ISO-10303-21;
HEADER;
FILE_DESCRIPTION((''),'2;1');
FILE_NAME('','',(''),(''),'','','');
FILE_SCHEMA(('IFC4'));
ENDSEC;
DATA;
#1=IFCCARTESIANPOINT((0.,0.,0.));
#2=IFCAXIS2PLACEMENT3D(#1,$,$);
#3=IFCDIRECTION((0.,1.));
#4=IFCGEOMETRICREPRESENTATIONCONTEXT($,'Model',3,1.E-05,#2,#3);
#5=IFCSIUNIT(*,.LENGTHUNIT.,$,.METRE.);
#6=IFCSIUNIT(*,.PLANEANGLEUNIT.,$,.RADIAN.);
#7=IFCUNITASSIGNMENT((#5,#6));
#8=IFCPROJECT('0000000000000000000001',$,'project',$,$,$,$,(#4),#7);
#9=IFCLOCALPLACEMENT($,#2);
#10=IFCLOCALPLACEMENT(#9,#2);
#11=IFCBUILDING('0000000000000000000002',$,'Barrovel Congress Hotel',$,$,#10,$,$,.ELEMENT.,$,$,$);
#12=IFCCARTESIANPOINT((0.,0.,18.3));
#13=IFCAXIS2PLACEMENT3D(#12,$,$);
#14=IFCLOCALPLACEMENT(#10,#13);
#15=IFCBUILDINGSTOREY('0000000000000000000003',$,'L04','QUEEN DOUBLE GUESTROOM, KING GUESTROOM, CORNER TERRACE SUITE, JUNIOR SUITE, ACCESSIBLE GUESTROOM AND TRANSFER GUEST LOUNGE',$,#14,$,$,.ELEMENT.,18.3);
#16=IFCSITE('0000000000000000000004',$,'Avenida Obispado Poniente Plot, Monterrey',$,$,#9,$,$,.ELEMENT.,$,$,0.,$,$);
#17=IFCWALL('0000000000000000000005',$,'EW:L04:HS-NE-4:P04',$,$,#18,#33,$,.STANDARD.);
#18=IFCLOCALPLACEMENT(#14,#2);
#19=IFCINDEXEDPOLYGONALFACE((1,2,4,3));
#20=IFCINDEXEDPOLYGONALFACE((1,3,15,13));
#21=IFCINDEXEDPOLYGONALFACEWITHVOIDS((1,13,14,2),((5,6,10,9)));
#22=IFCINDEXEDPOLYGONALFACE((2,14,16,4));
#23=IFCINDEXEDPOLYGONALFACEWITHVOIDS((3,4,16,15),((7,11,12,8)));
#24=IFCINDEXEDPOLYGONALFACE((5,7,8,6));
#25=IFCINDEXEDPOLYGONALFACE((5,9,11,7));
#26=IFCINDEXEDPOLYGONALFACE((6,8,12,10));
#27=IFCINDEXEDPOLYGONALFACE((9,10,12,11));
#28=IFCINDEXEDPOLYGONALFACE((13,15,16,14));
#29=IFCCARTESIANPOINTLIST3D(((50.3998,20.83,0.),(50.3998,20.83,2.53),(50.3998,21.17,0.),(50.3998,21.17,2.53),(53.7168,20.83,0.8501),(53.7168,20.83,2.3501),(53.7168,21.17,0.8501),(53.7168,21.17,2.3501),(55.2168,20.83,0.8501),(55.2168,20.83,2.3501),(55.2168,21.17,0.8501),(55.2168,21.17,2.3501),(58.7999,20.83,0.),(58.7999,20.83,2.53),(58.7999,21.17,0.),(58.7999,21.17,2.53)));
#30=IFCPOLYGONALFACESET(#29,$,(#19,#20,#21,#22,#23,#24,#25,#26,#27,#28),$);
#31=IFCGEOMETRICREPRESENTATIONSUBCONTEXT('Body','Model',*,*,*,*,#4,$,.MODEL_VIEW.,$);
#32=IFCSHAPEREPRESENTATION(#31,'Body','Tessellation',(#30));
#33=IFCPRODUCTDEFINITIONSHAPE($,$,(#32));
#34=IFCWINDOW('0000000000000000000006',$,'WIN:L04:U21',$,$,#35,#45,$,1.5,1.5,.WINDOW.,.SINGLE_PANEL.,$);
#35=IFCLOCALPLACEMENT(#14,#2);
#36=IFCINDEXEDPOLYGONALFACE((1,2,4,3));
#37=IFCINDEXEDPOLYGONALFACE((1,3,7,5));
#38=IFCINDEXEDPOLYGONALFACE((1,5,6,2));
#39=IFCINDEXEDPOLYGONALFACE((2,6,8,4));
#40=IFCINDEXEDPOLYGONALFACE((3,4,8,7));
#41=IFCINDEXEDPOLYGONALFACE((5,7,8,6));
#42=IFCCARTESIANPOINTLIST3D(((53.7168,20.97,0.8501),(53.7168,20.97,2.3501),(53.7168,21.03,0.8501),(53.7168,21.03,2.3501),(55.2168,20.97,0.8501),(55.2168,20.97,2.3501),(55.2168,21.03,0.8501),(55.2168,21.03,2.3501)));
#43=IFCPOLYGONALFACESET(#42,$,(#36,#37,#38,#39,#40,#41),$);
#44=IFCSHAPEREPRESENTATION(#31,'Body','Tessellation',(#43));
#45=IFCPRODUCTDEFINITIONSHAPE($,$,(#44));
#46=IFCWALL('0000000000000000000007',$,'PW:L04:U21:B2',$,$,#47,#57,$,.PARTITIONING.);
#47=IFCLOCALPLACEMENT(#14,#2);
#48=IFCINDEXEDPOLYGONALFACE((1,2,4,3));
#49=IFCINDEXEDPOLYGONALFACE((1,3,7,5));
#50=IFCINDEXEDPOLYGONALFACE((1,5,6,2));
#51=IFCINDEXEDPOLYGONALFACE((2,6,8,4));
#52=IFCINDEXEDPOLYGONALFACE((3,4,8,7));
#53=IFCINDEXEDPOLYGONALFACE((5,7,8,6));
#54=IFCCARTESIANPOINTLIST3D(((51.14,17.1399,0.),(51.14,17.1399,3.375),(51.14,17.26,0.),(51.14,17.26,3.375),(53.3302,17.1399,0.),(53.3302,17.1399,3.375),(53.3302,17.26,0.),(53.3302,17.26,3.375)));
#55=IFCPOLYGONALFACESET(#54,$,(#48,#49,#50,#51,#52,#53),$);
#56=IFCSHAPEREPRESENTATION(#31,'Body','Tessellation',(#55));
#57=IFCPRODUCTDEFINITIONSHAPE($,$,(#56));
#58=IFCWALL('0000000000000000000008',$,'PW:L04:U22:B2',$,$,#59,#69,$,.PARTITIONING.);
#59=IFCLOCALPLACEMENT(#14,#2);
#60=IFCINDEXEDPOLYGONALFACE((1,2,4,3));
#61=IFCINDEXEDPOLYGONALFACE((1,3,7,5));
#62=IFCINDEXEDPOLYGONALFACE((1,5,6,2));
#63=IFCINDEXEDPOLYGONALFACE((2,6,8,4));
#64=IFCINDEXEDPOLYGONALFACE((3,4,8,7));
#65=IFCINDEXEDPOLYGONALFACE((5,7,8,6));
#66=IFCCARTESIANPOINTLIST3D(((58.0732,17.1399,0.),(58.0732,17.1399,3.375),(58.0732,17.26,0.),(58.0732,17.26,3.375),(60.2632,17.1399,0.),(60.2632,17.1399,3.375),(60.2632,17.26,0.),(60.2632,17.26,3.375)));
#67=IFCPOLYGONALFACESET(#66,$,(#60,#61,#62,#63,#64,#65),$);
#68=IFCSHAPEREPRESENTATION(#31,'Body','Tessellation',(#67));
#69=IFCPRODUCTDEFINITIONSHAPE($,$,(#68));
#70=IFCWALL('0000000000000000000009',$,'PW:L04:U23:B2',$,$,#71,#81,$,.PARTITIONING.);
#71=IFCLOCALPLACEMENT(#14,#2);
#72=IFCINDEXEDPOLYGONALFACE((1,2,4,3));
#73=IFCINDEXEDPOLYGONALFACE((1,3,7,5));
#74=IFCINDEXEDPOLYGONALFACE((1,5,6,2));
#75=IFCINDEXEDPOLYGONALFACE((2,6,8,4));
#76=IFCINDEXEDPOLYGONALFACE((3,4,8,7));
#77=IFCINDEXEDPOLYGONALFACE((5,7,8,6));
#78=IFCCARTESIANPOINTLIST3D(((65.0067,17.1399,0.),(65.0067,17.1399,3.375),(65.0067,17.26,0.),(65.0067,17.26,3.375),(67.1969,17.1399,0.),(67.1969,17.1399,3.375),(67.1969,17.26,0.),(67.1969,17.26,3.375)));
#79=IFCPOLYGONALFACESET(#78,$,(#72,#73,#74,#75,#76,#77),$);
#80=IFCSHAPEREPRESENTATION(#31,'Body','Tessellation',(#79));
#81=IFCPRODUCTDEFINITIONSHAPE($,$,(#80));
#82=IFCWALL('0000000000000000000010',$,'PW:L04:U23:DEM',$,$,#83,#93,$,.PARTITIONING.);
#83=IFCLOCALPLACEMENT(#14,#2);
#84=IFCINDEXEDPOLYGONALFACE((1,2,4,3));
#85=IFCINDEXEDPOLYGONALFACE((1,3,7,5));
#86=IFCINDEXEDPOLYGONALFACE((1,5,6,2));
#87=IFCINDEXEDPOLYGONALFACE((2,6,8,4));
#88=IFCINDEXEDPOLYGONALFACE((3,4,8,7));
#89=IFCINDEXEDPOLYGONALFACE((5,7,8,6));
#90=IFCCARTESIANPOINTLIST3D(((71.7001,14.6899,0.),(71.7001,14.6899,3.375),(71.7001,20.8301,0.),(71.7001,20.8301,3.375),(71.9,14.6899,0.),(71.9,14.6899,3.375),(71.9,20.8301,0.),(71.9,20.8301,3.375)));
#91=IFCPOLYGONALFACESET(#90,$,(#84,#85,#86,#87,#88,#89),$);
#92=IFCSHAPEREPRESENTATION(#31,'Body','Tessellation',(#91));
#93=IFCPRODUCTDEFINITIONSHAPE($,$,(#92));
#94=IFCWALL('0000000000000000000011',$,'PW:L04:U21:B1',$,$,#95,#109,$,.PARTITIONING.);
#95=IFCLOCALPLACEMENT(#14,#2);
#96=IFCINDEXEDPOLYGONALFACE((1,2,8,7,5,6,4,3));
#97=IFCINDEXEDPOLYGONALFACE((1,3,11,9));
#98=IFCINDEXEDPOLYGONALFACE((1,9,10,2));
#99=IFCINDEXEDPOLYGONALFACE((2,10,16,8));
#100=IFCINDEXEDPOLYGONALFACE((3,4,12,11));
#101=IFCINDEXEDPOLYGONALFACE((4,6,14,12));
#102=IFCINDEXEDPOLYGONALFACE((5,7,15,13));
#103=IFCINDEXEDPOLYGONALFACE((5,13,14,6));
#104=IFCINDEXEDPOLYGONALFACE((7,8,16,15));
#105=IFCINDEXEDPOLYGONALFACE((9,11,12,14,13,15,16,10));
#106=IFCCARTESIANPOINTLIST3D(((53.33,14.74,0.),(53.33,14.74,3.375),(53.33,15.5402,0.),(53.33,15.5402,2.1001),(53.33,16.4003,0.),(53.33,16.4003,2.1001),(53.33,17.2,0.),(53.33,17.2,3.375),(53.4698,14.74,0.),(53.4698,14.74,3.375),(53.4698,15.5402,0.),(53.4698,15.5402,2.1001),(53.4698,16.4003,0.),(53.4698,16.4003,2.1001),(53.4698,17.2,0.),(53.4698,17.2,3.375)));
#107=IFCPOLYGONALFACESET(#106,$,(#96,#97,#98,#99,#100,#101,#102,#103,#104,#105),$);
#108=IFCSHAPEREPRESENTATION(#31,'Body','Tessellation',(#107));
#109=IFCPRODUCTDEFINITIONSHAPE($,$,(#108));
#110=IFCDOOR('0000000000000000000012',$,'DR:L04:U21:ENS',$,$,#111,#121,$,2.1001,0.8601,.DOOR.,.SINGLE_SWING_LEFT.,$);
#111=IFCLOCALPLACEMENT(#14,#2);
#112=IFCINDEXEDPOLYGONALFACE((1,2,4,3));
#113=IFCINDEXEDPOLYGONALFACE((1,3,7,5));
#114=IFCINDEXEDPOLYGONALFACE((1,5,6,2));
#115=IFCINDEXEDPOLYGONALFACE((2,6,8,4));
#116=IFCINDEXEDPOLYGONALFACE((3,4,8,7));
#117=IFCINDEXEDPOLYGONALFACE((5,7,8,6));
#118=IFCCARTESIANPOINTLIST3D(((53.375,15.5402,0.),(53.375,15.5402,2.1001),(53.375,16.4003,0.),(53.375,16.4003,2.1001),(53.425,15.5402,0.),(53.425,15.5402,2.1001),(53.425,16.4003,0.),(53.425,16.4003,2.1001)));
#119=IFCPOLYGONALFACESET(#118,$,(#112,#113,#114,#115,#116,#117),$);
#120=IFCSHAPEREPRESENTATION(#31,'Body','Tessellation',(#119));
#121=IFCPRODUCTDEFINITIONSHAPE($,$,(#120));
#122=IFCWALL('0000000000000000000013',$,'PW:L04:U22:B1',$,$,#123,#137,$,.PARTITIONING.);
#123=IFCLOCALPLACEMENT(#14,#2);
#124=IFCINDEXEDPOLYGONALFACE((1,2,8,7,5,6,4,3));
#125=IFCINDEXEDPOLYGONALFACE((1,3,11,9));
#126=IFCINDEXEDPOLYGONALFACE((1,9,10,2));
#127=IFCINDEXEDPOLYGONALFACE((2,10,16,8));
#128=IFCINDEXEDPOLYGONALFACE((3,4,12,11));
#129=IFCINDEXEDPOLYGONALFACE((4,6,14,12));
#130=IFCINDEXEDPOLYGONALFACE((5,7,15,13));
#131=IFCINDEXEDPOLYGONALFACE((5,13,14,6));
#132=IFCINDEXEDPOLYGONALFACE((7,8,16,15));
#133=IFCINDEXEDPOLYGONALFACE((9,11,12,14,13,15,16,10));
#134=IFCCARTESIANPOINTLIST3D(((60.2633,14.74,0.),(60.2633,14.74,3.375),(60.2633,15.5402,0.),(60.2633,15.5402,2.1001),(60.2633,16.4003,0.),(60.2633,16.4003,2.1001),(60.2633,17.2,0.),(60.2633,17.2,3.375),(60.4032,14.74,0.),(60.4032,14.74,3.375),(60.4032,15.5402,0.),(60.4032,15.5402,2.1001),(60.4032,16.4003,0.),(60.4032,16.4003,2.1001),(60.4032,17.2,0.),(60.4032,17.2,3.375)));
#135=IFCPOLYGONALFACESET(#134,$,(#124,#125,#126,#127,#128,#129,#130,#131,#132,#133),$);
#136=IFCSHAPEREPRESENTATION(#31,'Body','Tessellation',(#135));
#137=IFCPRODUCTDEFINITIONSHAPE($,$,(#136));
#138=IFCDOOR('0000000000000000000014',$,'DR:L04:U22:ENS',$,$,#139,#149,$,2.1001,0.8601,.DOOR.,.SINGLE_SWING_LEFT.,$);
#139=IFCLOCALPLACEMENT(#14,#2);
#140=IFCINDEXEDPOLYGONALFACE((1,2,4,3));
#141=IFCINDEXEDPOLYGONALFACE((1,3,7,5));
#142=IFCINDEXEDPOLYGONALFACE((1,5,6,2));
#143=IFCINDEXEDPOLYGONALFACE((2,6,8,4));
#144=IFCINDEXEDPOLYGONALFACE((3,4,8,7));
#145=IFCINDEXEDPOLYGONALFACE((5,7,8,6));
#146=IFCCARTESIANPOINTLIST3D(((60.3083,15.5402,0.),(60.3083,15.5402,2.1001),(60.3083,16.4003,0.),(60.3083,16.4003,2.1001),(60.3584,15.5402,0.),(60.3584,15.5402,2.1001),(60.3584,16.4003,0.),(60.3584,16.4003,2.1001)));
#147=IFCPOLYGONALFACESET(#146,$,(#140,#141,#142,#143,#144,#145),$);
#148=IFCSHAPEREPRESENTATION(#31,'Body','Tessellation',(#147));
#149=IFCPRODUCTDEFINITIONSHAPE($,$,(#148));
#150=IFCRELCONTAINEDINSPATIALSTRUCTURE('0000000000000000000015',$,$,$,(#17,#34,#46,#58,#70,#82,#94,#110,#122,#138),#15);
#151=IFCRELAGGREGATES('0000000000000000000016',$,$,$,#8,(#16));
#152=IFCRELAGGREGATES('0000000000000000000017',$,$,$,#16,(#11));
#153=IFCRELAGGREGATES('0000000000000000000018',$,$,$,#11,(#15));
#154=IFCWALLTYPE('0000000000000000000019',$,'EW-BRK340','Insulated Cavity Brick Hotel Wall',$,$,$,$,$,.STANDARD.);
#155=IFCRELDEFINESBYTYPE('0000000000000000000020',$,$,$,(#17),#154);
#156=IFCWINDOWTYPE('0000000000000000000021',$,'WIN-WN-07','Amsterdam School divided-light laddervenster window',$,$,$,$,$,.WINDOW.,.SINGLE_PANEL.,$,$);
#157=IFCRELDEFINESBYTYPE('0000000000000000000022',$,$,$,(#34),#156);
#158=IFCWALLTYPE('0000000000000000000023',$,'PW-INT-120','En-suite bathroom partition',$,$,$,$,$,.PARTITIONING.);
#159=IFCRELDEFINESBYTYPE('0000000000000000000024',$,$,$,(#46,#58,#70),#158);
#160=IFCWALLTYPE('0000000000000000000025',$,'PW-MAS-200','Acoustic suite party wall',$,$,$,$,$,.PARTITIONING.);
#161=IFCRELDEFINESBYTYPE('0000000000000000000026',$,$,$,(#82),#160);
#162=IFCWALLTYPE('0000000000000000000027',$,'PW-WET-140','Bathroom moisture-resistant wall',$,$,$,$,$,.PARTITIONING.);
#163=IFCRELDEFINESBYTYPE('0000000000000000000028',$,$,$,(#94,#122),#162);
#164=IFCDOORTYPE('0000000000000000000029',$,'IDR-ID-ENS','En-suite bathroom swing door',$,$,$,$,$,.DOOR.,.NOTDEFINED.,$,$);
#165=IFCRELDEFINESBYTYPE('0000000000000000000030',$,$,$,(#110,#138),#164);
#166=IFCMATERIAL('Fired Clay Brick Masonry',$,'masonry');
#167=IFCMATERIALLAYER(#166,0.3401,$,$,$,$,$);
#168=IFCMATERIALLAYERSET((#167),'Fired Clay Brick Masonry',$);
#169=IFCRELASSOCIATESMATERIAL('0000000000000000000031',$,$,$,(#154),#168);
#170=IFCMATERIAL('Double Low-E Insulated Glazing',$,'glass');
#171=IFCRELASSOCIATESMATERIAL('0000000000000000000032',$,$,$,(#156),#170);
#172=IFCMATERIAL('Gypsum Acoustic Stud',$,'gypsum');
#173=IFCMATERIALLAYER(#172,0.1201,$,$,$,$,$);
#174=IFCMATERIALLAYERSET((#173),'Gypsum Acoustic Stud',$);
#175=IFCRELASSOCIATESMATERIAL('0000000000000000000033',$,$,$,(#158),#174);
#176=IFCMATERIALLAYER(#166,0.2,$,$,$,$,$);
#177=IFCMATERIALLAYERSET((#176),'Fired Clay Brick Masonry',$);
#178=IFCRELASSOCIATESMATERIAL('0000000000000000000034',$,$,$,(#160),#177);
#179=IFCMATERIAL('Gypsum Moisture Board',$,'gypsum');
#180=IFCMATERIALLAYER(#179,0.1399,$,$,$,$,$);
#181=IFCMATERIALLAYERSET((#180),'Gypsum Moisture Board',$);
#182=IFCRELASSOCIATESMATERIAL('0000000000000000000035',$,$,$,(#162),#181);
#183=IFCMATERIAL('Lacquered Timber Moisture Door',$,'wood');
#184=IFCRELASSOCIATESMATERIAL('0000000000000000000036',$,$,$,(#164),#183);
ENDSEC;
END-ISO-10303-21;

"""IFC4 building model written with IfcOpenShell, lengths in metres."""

from ifc_helpers import new_model, si_unit, direction, frame, frame_2d, origin, place, context, subcontext, project, spatial, rectangle, extrude, material, layer, layer_set, type_object, element, fill, save


model = new_model("IFC4")

# Units and contexts
model_context = context("Model", 3, precision=1e-05, world=origin(), true_north=direction((0.0, 1.0)))
body_context = subcontext(model_context, "Body", "Model", "MODEL_VIEW")
ifc_project = project(units=[si_unit("LENGTHUNIT", "METRE"), si_unit("PLANEANGLEUNIT", "RADIAN")], contexts=[model_context])

# Site, building, storey
site_placement = place(None, origin())
site = spatial("IfcSite", under=ifc_project, at=site_placement, Name="Avenida Obispado Poniente Plot, Monterrey", CompositionType="ELEMENT", RefElevation=0.0)
building_placement = place(site_placement, origin())
building = spatial("IfcBuilding", under=site, at=building_placement, Name="Barrovel Congress Hotel", CompositionType="ELEMENT")
storey_placement = place(building_placement, frame((0.0, 0.0, 18.3)))
storey = spatial("IfcBuildingStorey", under=building, at=storey_placement, Name="L04", Description="QUEEN DOUBLE GUESTROOM, KING GUESTROOM, CORNER TERRACE SUITE, JUNIOR SUITE, ACCESSIBLE GUESTROOM AND TRANSFER GUEST LOUNGE", CompositionType="ELEMENT", Elevation=18.3)

# Wall, opening, window
ifc_material_1 = material(Name="Fired Clay Brick Masonry", Category="masonry")
ifc_layer_1 = layer(ifc_material_1, 0.3401)
ifc_layer_set_1 = layer_set([ifc_layer_1], Name="Fired Clay Brick Masonry")
wall_type_1 = type_object("IfcWallType", Name="EW-BRK340", Description="Insulated Cavity Brick Hotel Wall", PredefinedType="STANDARD", material=ifc_layer_set_1)
ifc_material_2 = material(Name="Double Low-E Insulated Glazing", Category="glass")
window_type = type_object("IfcWindowType", Name="WIN-WN-07", Description="Amsterdam School divided-light laddervenster window", PartitioningType="SINGLE_PANEL", PredefinedType="WINDOW", material=ifc_material_2)
wall_1_placement = place(storey_placement, frame((58.8, 21.0, 0.0), z_axis=(0.0, 0.0, 1.0), x_axis=(-1.0, 0.0, 0.0)))
wall_1 = element("IfcWall", 1, at=wall_1_placement, inside=storey, type_object=wall_type_1, Name="EW:L04:HS-NE-4:P04", PredefinedType="STANDARD", context=body_context, shape_type="SweptSolid", body=[
    extrude(rectangle(XDim=8.4001, YDim=0.3401, at=frame_2d((4.2002, 0.0))), origin(), (0.0, 0.0, 1.0), 2.53),
])
opening_1_placement = place(wall_1_placement, frame((3.5833, 0.0, 0.8501)))
opening_1 = element("IfcOpeningElement", 2, at=opening_1_placement, cuts=wall_1, PredefinedType="OPENING", context=body_context, shape_type="SweptSolid", body=[
    extrude(rectangle(XDim=1.5, YDim=1.5, at=frame_2d((0.75, 0.75))), frame((0.0, 0.1802, 0.0), z_axis=(0.0, -1.0, 0.0), x_axis=(1.0, 0.0, 0.0)), (0.0, 0.0, 1.0), 0.3601),
])
window_1_placement = place(opening_1_placement, origin())
window_1 = element("IfcWindow", 3, at=window_1_placement, inside=storey, type_object=window_type, Name="WIN:L04:U21", OverallHeight=1.5, OverallWidth=1.5, PartitioningType="SINGLE_PANEL", PredefinedType="WINDOW", context=body_context, shape_type="SweptSolid", body=[
    extrude(rectangle(XDim=1.5, YDim=1.5, at=frame_2d((0.75, 0.75))), frame((0.0, 0.03, 0.0), z_axis=(0.0, -1.0, 0.0), x_axis=(1.0, 0.0, 0.0)), (0.0, 0.0, 1.0), 0.0601),
])
fill(opening_1, window_1)

# Walls
ifc_material_3 = material(Name="Gypsum Acoustic Stud", Category="gypsum")
ifc_layer_2 = layer(ifc_material_3, 0.1201)
ifc_layer_set_2 = layer_set([ifc_layer_2], Name="Gypsum Acoustic Stud")
wall_type_2 = type_object("IfcWallType", Name="PW-INT-120", Description="En-suite bathroom partition", PredefinedType="PARTITIONING", material=ifc_layer_set_2)
wall_2_placement = place(storey_placement, frame((51.1399, 17.2, 0.0), z_axis=(0.0, 0.0, 1.0), x_axis=(1.0, 0.0, 0.0)))
element("IfcWall", 4, at=wall_2_placement, inside=storey, type_object=wall_type_2, Name="PW:L04:U21:B2", PredefinedType="PARTITIONING", context=body_context, shape_type="SweptSolid", body=[
    extrude(rectangle(XDim=2.1902, YDim=0.1201, at=frame_2d((1.0952, 0.0))), origin(), (0.0, 0.0, 1.0), 3.375),
])
wall_3_placement = place(storey_placement, frame((58.0732, 17.2, 0.0), z_axis=(0.0, 0.0, 1.0), x_axis=(1.0, 0.0, 0.0)))
element("IfcWall", 5, at=wall_3_placement, inside=storey, type_object=wall_type_2, Name="PW:L04:U22:B2", PredefinedType="PARTITIONING", context=body_context, shape_type="SweptSolid", body=[
    extrude(rectangle(XDim=2.1899, YDim=0.1201, at=frame_2d((1.095, 0.0))), origin(), (0.0, 0.0, 1.0), 3.375),
])
wall_4_placement = place(storey_placement, frame((65.0066, 17.2, 0.0), z_axis=(0.0, 0.0, 1.0), x_axis=(1.0, 0.0, 0.0)))
element("IfcWall", 6, at=wall_4_placement, inside=storey, type_object=wall_type_2, Name="PW:L04:U23:B2", PredefinedType="PARTITIONING", context=body_context, shape_type="SweptSolid", body=[
    extrude(rectangle(XDim=2.1902, YDim=0.1201, at=frame_2d((1.0952, 0.0))), origin(), (0.0, 0.0, 1.0), 3.375),
])
ifc_layer_3 = layer(ifc_material_1, 0.2)
ifc_layer_set_3 = layer_set([ifc_layer_3], Name="Fired Clay Brick Masonry")
wall_type_3 = type_object("IfcWallType", Name="PW-MAS-200", Description="Acoustic suite party wall", PredefinedType="PARTITIONING", material=ifc_layer_set_3)
wall_5_placement = place(storey_placement, frame((71.8, 14.6899, 0.0), z_axis=(0.0, 0.0, 1.0), x_axis=(0.0, 1.0, 0.0)))
element("IfcWall", 7, at=wall_5_placement, inside=storey, type_object=wall_type_3, Name="PW:L04:U23:DEM", PredefinedType="PARTITIONING", context=body_context, shape_type="SweptSolid", body=[
    extrude(rectangle(XDim=6.1401, YDim=0.2, at=frame_2d((3.0701, 0.0))), origin(), (0.0, 0.0, 1.0), 3.375),
])

# Walls, openings, doors
ifc_material_4 = material(Name="Gypsum Moisture Board", Category="gypsum")
ifc_layer_4 = layer(ifc_material_4, 0.1399)
ifc_layer_set_4 = layer_set([ifc_layer_4], Name="Gypsum Moisture Board")
wall_type_4 = type_object("IfcWallType", Name="PW-WET-140", Description="Bathroom moisture-resistant wall", PredefinedType="PARTITIONING", material=ifc_layer_set_4)
wall_6_placement = place(storey_placement, frame((53.3999, 14.74, 0.0), z_axis=(0.0, 0.0, 1.0), x_axis=(0.0, 1.0, 0.0)))
wall_6 = element("IfcWall", 8, at=wall_6_placement, inside=storey, type_object=wall_type_4, Name="PW:L04:U21:B1", PredefinedType="PARTITIONING", context=body_context, shape_type="SweptSolid", body=[
    extrude(rectangle(XDim=2.46, YDim=0.1399, at=frame_2d((1.23, 0.0))), origin(), (0.0, 0.0, 1.0), 3.375),
])
opening_2_placement = place(wall_6_placement, frame((0.8, 0.0, 0.0)))
opening_2 = element("IfcOpeningElement", 9, at=opening_2_placement, cuts=wall_6, PredefinedType="OPENING", context=body_context, shape_type="SweptSolid", body=[
    extrude(rectangle(XDim=0.8601, YDim=2.1001, at=frame_2d((0.4302, 1.05))), frame((0.0, 0.0801, 0.0), z_axis=(0.0, -1.0, 0.0), x_axis=(1.0, 0.0, 0.0)), (0.0, 0.0, 1.0), 0.1599),
])
ifc_material_5 = material(Name="Lacquered Timber Moisture Door", Category="wood")
door_type = type_object("IfcDoorType", Name="IDR-ID-ENS", Description="En-suite bathroom swing door", OperationType="NOTDEFINED", PredefinedType="DOOR", material=ifc_material_5)
door_1_placement = place(opening_2_placement, origin())
door_1 = element("IfcDoor", 10, at=door_1_placement, inside=storey, type_object=door_type, Name="DR:L04:U21:ENS", OperationType="SINGLE_SWING_LEFT", OverallHeight=2.1001, OverallWidth=0.8601, PredefinedType="DOOR", context=body_context, shape_type="SweptSolid", body=[
    extrude(rectangle(XDim=0.8601, YDim=2.1001, at=frame_2d((0.4302, 1.05))), frame((0.0, 0.0249, 0.0), z_axis=(0.0, -1.0, 0.0), x_axis=(1.0, 0.0, 0.0)), (0.0, 0.0, 1.0), 0.05),
])
fill(opening_2, door_1)
wall_7_placement = place(storey_placement, frame((60.3333, 14.74, 0.0), z_axis=(0.0, 0.0, 1.0), x_axis=(0.0, 1.0, 0.0)))
wall_7 = element("IfcWall", 11, at=wall_7_placement, inside=storey, type_object=wall_type_4, Name="PW:L04:U22:B1", PredefinedType="PARTITIONING", context=body_context, shape_type="SweptSolid", body=[
    extrude(rectangle(XDim=2.46, YDim=0.1399, at=frame_2d((1.23, 0.0))), origin(), (0.0, 0.0, 1.0), 3.375),
])
opening_3_placement = place(wall_7_placement, frame((0.8, 0.0, 0.0)))
opening_3 = element("IfcOpeningElement", 12, at=opening_3_placement, cuts=wall_7, PredefinedType="OPENING", context=body_context, shape_type="SweptSolid", body=[
    extrude(rectangle(XDim=0.8601, YDim=2.1001, at=frame_2d((0.4302, 1.05))), frame((0.0, 0.0801, 0.0), z_axis=(0.0, -1.0, 0.0), x_axis=(1.0, 0.0, 0.0)), (0.0, 0.0, 1.0), 0.1599),
])
door_2_placement = place(opening_3_placement, origin())
door_2 = element("IfcDoor", 13, at=door_2_placement, inside=storey, type_object=door_type, Name="DR:L04:U22:ENS", OperationType="SINGLE_SWING_LEFT", OverallHeight=2.1001, OverallWidth=0.8601, PredefinedType="DOOR", context=body_context, shape_type="SweptSolid", body=[
    extrude(rectangle(XDim=0.8601, YDim=2.1001, at=frame_2d((0.4302, 1.05))), frame((0.0, 0.0249, 0.0), z_axis=(0.0, -1.0, 0.0), x_axis=(1.0, 0.0, 0.0)), (0.0, 0.0, 1.0), 0.05),
])
fill(opening_3, door_2)

save(model, "model.ifc")
